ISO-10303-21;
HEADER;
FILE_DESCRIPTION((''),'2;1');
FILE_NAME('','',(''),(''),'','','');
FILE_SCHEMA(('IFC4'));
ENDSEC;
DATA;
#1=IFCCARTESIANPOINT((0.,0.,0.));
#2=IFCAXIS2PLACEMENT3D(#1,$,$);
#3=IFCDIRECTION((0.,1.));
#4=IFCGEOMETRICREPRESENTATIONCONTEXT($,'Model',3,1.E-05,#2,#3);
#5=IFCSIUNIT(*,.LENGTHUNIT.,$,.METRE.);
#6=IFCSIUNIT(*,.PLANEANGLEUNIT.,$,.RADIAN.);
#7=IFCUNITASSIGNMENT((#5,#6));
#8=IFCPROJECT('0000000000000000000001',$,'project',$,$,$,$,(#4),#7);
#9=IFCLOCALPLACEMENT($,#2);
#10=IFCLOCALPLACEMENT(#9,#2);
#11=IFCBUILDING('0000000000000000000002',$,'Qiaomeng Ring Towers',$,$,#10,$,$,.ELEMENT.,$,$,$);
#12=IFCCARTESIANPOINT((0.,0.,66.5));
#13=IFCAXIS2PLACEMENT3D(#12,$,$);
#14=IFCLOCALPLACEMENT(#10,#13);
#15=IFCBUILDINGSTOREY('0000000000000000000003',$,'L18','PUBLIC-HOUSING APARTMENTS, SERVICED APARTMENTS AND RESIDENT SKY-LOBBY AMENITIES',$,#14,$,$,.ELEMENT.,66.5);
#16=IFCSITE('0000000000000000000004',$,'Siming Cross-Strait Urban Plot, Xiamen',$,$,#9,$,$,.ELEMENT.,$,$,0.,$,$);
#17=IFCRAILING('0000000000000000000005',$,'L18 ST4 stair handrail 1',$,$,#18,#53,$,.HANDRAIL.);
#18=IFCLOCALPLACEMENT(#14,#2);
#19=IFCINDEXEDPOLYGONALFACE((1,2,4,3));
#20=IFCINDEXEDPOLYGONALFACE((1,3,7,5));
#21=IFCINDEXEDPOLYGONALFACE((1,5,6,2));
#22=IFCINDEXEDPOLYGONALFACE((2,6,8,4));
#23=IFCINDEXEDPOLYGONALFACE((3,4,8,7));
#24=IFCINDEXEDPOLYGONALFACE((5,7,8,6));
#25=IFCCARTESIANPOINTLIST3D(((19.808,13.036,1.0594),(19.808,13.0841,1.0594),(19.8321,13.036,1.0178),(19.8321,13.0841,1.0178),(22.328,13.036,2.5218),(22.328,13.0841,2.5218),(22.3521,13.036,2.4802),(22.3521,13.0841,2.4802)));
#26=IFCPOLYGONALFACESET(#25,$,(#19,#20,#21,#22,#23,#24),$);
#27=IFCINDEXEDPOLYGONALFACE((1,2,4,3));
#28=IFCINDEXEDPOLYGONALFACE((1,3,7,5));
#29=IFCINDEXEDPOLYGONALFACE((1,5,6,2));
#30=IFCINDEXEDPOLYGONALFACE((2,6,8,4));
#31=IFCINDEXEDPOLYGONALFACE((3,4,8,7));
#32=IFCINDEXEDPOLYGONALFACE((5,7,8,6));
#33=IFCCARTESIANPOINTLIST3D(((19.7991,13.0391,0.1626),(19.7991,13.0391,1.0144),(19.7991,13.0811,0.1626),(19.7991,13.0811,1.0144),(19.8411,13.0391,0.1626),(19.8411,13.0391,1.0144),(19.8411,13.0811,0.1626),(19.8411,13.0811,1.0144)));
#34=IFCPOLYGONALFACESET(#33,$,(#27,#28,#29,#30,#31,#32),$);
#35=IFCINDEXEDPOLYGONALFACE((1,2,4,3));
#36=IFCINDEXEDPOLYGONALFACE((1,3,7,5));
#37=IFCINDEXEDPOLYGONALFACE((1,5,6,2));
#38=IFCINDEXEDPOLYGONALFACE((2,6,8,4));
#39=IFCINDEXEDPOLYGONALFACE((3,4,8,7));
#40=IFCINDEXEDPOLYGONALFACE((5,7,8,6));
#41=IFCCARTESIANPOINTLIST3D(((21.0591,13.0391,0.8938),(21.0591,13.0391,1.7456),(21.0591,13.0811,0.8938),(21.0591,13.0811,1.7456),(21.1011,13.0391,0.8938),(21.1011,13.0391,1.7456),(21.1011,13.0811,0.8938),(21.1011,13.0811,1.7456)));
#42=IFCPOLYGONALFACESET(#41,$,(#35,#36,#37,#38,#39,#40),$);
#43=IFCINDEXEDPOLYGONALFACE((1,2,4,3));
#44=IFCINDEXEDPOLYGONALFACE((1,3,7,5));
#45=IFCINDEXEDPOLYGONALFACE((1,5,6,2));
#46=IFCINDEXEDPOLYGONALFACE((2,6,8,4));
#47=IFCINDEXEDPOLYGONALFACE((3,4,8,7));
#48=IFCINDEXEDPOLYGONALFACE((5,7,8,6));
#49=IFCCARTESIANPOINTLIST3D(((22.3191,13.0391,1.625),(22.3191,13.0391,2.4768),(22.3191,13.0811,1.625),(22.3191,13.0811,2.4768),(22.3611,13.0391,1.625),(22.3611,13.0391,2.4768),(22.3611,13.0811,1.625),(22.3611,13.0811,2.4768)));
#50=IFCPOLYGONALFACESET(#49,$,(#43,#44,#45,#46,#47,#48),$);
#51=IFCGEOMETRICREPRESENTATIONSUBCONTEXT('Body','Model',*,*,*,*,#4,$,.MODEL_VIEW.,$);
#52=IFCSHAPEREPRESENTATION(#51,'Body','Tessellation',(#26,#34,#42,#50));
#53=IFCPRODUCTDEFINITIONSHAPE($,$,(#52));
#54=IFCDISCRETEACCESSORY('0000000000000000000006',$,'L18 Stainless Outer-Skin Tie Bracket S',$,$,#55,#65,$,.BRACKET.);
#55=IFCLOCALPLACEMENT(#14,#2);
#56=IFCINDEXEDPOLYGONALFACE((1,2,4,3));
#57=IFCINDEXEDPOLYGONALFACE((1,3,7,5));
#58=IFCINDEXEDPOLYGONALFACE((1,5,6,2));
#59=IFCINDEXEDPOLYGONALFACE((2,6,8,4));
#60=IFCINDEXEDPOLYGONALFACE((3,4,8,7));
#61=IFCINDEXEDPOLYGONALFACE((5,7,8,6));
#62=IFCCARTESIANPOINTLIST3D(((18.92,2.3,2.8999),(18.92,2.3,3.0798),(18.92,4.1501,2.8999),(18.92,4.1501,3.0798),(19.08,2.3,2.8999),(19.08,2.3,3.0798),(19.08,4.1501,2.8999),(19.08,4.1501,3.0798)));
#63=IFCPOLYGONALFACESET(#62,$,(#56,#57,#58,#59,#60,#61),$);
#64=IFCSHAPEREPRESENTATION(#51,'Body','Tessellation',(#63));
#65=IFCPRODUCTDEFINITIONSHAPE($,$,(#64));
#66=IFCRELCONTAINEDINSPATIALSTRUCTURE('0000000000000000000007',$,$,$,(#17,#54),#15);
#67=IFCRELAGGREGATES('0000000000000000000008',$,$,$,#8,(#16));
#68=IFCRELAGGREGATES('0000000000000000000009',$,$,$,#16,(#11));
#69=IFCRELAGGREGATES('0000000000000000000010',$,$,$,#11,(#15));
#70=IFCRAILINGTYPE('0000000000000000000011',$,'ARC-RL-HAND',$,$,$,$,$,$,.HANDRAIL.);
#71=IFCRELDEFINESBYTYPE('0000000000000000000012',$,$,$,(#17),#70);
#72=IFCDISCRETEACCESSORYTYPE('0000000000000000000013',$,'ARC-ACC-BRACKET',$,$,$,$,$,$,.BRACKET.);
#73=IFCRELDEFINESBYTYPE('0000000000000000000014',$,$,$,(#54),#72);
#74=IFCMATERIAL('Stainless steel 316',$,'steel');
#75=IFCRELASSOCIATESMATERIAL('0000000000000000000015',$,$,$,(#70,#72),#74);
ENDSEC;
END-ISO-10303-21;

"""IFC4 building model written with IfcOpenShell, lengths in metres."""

from ifc_helpers import new_model, si_unit, direction, frame, origin, origin_2d, place, context, subcontext, project, spatial, rectangle, extrude, source, transform, mapped, material, type_object, element, save


model = new_model("IFC4")

# Units and contexts
model_context = context("Model", 3, precision=1e-05, world=origin(), true_north=direction((0.0, 1.0)))
body_context = subcontext(model_context, "Body", "Model", "MODEL_VIEW")
ifc_project = project(units=[si_unit("LENGTHUNIT", "METRE"), si_unit("PLANEANGLEUNIT", "RADIAN")], contexts=[model_context])

# Site, building, storey
site_placement = place(None, origin())
site = spatial("IfcSite", under=ifc_project, at=site_placement, Name="Siming Cross-Strait Urban Plot, Xiamen", CompositionType="ELEMENT", RefElevation=0.0)
building_placement = place(site_placement, origin())
building = spatial("IfcBuilding", under=site, at=building_placement, Name="Qiaomeng Ring Towers", CompositionType="ELEMENT")
storey_placement = place(building_placement, frame((0.0, 0.0, 66.5)))
storey = spatial("IfcBuildingStorey", under=building, at=storey_placement, Name="L18", Description="PUBLIC-HOUSING APARTMENTS, SERVICED APARTMENTS AND RESIDENT SKY-LOBBY AMENITIES", CompositionType="ELEMENT", Elevation=66.5)

# Railing
ifc_material_1 = material(Name="Stainless steel 316", Category="steel")
railing_type_1 = type_object("IfcRailingType", Name="ARC-RL-HAND", PredefinedType="HANDRAIL", material=ifc_material_1)
railing_1_placement = place(storey_placement, frame((19.8201, 13.0601, 0.1626)))
element("IfcRailing", 1, at=railing_1_placement, inside=storey, type_object=railing_type_1, Name="L18 ST4 stair handrail 1", PredefinedType="HANDRAIL", context=body_context, shape_type="SweptSolid", body=[
    extrude(rectangle(XDim=0.0481, YDim=0.0481, at=origin_2d()), frame((0.0, 0.0, 0.876), z_axis=(0.864913, 0.0, 0.501921), x_axis=(0.0, 1.0, 0.0)), (0.0, 0.0, 1.0), 2.9136),
    extrude(rectangle(XDim=0.042, YDim=0.042, at=origin_2d()), origin(), (0.0, 0.0, 1.0), 0.8518),
    extrude(rectangle(XDim=0.042, YDim=0.042, at=origin_2d()), frame((1.26, 0.0, 0.7312)), (0.0, 0.0, 1.0), 0.8518),
    extrude(rectangle(XDim=0.042, YDim=0.042, at=origin_2d()), frame((2.52, 0.0, 1.4624)), (0.0, 0.0, 1.0), 0.8518),
])

# Discrete accessory
discrete_accessory_type = type_object("IfcDiscreteAccessoryType", Name="ARC-ACC-BRACKET", PredefinedType="BRACKET", material=ifc_material_1)
shared_shape_1 = source(origin(), body_context, "Body", "SweptSolid", [
    extrude(rectangle(XDim=0.1599, YDim=1.8501, at=origin_2d()), origin(), (0.0, 0.0, 1.0), 0.1799),
])
discrete_accessory_placement = place(storey_placement, frame((19.0, 3.2251, 2.8999), z_axis=(0.0, 0.0, 1.0), x_axis=(1.0, 0.0, 0.0)))
element("IfcDiscreteAccessory", 2, at=discrete_accessory_placement, inside=storey, type_object=discrete_accessory_type, Name="L18 Stainless Outer-Skin Tie Bracket S", PredefinedType="BRACKET", context=body_context, shape_type="MappedRepresentation", body=[
    mapped(shared_shape_1, transform((0.0, 0.0, 0.0), x_axis=(1.0, 0.0, 0.0), y_axis=(0.0, 1.0, 0.0), z_axis=(0.0, 0.0, 1.0), scale=1.0)),
])

save(model, "model.ifc")
